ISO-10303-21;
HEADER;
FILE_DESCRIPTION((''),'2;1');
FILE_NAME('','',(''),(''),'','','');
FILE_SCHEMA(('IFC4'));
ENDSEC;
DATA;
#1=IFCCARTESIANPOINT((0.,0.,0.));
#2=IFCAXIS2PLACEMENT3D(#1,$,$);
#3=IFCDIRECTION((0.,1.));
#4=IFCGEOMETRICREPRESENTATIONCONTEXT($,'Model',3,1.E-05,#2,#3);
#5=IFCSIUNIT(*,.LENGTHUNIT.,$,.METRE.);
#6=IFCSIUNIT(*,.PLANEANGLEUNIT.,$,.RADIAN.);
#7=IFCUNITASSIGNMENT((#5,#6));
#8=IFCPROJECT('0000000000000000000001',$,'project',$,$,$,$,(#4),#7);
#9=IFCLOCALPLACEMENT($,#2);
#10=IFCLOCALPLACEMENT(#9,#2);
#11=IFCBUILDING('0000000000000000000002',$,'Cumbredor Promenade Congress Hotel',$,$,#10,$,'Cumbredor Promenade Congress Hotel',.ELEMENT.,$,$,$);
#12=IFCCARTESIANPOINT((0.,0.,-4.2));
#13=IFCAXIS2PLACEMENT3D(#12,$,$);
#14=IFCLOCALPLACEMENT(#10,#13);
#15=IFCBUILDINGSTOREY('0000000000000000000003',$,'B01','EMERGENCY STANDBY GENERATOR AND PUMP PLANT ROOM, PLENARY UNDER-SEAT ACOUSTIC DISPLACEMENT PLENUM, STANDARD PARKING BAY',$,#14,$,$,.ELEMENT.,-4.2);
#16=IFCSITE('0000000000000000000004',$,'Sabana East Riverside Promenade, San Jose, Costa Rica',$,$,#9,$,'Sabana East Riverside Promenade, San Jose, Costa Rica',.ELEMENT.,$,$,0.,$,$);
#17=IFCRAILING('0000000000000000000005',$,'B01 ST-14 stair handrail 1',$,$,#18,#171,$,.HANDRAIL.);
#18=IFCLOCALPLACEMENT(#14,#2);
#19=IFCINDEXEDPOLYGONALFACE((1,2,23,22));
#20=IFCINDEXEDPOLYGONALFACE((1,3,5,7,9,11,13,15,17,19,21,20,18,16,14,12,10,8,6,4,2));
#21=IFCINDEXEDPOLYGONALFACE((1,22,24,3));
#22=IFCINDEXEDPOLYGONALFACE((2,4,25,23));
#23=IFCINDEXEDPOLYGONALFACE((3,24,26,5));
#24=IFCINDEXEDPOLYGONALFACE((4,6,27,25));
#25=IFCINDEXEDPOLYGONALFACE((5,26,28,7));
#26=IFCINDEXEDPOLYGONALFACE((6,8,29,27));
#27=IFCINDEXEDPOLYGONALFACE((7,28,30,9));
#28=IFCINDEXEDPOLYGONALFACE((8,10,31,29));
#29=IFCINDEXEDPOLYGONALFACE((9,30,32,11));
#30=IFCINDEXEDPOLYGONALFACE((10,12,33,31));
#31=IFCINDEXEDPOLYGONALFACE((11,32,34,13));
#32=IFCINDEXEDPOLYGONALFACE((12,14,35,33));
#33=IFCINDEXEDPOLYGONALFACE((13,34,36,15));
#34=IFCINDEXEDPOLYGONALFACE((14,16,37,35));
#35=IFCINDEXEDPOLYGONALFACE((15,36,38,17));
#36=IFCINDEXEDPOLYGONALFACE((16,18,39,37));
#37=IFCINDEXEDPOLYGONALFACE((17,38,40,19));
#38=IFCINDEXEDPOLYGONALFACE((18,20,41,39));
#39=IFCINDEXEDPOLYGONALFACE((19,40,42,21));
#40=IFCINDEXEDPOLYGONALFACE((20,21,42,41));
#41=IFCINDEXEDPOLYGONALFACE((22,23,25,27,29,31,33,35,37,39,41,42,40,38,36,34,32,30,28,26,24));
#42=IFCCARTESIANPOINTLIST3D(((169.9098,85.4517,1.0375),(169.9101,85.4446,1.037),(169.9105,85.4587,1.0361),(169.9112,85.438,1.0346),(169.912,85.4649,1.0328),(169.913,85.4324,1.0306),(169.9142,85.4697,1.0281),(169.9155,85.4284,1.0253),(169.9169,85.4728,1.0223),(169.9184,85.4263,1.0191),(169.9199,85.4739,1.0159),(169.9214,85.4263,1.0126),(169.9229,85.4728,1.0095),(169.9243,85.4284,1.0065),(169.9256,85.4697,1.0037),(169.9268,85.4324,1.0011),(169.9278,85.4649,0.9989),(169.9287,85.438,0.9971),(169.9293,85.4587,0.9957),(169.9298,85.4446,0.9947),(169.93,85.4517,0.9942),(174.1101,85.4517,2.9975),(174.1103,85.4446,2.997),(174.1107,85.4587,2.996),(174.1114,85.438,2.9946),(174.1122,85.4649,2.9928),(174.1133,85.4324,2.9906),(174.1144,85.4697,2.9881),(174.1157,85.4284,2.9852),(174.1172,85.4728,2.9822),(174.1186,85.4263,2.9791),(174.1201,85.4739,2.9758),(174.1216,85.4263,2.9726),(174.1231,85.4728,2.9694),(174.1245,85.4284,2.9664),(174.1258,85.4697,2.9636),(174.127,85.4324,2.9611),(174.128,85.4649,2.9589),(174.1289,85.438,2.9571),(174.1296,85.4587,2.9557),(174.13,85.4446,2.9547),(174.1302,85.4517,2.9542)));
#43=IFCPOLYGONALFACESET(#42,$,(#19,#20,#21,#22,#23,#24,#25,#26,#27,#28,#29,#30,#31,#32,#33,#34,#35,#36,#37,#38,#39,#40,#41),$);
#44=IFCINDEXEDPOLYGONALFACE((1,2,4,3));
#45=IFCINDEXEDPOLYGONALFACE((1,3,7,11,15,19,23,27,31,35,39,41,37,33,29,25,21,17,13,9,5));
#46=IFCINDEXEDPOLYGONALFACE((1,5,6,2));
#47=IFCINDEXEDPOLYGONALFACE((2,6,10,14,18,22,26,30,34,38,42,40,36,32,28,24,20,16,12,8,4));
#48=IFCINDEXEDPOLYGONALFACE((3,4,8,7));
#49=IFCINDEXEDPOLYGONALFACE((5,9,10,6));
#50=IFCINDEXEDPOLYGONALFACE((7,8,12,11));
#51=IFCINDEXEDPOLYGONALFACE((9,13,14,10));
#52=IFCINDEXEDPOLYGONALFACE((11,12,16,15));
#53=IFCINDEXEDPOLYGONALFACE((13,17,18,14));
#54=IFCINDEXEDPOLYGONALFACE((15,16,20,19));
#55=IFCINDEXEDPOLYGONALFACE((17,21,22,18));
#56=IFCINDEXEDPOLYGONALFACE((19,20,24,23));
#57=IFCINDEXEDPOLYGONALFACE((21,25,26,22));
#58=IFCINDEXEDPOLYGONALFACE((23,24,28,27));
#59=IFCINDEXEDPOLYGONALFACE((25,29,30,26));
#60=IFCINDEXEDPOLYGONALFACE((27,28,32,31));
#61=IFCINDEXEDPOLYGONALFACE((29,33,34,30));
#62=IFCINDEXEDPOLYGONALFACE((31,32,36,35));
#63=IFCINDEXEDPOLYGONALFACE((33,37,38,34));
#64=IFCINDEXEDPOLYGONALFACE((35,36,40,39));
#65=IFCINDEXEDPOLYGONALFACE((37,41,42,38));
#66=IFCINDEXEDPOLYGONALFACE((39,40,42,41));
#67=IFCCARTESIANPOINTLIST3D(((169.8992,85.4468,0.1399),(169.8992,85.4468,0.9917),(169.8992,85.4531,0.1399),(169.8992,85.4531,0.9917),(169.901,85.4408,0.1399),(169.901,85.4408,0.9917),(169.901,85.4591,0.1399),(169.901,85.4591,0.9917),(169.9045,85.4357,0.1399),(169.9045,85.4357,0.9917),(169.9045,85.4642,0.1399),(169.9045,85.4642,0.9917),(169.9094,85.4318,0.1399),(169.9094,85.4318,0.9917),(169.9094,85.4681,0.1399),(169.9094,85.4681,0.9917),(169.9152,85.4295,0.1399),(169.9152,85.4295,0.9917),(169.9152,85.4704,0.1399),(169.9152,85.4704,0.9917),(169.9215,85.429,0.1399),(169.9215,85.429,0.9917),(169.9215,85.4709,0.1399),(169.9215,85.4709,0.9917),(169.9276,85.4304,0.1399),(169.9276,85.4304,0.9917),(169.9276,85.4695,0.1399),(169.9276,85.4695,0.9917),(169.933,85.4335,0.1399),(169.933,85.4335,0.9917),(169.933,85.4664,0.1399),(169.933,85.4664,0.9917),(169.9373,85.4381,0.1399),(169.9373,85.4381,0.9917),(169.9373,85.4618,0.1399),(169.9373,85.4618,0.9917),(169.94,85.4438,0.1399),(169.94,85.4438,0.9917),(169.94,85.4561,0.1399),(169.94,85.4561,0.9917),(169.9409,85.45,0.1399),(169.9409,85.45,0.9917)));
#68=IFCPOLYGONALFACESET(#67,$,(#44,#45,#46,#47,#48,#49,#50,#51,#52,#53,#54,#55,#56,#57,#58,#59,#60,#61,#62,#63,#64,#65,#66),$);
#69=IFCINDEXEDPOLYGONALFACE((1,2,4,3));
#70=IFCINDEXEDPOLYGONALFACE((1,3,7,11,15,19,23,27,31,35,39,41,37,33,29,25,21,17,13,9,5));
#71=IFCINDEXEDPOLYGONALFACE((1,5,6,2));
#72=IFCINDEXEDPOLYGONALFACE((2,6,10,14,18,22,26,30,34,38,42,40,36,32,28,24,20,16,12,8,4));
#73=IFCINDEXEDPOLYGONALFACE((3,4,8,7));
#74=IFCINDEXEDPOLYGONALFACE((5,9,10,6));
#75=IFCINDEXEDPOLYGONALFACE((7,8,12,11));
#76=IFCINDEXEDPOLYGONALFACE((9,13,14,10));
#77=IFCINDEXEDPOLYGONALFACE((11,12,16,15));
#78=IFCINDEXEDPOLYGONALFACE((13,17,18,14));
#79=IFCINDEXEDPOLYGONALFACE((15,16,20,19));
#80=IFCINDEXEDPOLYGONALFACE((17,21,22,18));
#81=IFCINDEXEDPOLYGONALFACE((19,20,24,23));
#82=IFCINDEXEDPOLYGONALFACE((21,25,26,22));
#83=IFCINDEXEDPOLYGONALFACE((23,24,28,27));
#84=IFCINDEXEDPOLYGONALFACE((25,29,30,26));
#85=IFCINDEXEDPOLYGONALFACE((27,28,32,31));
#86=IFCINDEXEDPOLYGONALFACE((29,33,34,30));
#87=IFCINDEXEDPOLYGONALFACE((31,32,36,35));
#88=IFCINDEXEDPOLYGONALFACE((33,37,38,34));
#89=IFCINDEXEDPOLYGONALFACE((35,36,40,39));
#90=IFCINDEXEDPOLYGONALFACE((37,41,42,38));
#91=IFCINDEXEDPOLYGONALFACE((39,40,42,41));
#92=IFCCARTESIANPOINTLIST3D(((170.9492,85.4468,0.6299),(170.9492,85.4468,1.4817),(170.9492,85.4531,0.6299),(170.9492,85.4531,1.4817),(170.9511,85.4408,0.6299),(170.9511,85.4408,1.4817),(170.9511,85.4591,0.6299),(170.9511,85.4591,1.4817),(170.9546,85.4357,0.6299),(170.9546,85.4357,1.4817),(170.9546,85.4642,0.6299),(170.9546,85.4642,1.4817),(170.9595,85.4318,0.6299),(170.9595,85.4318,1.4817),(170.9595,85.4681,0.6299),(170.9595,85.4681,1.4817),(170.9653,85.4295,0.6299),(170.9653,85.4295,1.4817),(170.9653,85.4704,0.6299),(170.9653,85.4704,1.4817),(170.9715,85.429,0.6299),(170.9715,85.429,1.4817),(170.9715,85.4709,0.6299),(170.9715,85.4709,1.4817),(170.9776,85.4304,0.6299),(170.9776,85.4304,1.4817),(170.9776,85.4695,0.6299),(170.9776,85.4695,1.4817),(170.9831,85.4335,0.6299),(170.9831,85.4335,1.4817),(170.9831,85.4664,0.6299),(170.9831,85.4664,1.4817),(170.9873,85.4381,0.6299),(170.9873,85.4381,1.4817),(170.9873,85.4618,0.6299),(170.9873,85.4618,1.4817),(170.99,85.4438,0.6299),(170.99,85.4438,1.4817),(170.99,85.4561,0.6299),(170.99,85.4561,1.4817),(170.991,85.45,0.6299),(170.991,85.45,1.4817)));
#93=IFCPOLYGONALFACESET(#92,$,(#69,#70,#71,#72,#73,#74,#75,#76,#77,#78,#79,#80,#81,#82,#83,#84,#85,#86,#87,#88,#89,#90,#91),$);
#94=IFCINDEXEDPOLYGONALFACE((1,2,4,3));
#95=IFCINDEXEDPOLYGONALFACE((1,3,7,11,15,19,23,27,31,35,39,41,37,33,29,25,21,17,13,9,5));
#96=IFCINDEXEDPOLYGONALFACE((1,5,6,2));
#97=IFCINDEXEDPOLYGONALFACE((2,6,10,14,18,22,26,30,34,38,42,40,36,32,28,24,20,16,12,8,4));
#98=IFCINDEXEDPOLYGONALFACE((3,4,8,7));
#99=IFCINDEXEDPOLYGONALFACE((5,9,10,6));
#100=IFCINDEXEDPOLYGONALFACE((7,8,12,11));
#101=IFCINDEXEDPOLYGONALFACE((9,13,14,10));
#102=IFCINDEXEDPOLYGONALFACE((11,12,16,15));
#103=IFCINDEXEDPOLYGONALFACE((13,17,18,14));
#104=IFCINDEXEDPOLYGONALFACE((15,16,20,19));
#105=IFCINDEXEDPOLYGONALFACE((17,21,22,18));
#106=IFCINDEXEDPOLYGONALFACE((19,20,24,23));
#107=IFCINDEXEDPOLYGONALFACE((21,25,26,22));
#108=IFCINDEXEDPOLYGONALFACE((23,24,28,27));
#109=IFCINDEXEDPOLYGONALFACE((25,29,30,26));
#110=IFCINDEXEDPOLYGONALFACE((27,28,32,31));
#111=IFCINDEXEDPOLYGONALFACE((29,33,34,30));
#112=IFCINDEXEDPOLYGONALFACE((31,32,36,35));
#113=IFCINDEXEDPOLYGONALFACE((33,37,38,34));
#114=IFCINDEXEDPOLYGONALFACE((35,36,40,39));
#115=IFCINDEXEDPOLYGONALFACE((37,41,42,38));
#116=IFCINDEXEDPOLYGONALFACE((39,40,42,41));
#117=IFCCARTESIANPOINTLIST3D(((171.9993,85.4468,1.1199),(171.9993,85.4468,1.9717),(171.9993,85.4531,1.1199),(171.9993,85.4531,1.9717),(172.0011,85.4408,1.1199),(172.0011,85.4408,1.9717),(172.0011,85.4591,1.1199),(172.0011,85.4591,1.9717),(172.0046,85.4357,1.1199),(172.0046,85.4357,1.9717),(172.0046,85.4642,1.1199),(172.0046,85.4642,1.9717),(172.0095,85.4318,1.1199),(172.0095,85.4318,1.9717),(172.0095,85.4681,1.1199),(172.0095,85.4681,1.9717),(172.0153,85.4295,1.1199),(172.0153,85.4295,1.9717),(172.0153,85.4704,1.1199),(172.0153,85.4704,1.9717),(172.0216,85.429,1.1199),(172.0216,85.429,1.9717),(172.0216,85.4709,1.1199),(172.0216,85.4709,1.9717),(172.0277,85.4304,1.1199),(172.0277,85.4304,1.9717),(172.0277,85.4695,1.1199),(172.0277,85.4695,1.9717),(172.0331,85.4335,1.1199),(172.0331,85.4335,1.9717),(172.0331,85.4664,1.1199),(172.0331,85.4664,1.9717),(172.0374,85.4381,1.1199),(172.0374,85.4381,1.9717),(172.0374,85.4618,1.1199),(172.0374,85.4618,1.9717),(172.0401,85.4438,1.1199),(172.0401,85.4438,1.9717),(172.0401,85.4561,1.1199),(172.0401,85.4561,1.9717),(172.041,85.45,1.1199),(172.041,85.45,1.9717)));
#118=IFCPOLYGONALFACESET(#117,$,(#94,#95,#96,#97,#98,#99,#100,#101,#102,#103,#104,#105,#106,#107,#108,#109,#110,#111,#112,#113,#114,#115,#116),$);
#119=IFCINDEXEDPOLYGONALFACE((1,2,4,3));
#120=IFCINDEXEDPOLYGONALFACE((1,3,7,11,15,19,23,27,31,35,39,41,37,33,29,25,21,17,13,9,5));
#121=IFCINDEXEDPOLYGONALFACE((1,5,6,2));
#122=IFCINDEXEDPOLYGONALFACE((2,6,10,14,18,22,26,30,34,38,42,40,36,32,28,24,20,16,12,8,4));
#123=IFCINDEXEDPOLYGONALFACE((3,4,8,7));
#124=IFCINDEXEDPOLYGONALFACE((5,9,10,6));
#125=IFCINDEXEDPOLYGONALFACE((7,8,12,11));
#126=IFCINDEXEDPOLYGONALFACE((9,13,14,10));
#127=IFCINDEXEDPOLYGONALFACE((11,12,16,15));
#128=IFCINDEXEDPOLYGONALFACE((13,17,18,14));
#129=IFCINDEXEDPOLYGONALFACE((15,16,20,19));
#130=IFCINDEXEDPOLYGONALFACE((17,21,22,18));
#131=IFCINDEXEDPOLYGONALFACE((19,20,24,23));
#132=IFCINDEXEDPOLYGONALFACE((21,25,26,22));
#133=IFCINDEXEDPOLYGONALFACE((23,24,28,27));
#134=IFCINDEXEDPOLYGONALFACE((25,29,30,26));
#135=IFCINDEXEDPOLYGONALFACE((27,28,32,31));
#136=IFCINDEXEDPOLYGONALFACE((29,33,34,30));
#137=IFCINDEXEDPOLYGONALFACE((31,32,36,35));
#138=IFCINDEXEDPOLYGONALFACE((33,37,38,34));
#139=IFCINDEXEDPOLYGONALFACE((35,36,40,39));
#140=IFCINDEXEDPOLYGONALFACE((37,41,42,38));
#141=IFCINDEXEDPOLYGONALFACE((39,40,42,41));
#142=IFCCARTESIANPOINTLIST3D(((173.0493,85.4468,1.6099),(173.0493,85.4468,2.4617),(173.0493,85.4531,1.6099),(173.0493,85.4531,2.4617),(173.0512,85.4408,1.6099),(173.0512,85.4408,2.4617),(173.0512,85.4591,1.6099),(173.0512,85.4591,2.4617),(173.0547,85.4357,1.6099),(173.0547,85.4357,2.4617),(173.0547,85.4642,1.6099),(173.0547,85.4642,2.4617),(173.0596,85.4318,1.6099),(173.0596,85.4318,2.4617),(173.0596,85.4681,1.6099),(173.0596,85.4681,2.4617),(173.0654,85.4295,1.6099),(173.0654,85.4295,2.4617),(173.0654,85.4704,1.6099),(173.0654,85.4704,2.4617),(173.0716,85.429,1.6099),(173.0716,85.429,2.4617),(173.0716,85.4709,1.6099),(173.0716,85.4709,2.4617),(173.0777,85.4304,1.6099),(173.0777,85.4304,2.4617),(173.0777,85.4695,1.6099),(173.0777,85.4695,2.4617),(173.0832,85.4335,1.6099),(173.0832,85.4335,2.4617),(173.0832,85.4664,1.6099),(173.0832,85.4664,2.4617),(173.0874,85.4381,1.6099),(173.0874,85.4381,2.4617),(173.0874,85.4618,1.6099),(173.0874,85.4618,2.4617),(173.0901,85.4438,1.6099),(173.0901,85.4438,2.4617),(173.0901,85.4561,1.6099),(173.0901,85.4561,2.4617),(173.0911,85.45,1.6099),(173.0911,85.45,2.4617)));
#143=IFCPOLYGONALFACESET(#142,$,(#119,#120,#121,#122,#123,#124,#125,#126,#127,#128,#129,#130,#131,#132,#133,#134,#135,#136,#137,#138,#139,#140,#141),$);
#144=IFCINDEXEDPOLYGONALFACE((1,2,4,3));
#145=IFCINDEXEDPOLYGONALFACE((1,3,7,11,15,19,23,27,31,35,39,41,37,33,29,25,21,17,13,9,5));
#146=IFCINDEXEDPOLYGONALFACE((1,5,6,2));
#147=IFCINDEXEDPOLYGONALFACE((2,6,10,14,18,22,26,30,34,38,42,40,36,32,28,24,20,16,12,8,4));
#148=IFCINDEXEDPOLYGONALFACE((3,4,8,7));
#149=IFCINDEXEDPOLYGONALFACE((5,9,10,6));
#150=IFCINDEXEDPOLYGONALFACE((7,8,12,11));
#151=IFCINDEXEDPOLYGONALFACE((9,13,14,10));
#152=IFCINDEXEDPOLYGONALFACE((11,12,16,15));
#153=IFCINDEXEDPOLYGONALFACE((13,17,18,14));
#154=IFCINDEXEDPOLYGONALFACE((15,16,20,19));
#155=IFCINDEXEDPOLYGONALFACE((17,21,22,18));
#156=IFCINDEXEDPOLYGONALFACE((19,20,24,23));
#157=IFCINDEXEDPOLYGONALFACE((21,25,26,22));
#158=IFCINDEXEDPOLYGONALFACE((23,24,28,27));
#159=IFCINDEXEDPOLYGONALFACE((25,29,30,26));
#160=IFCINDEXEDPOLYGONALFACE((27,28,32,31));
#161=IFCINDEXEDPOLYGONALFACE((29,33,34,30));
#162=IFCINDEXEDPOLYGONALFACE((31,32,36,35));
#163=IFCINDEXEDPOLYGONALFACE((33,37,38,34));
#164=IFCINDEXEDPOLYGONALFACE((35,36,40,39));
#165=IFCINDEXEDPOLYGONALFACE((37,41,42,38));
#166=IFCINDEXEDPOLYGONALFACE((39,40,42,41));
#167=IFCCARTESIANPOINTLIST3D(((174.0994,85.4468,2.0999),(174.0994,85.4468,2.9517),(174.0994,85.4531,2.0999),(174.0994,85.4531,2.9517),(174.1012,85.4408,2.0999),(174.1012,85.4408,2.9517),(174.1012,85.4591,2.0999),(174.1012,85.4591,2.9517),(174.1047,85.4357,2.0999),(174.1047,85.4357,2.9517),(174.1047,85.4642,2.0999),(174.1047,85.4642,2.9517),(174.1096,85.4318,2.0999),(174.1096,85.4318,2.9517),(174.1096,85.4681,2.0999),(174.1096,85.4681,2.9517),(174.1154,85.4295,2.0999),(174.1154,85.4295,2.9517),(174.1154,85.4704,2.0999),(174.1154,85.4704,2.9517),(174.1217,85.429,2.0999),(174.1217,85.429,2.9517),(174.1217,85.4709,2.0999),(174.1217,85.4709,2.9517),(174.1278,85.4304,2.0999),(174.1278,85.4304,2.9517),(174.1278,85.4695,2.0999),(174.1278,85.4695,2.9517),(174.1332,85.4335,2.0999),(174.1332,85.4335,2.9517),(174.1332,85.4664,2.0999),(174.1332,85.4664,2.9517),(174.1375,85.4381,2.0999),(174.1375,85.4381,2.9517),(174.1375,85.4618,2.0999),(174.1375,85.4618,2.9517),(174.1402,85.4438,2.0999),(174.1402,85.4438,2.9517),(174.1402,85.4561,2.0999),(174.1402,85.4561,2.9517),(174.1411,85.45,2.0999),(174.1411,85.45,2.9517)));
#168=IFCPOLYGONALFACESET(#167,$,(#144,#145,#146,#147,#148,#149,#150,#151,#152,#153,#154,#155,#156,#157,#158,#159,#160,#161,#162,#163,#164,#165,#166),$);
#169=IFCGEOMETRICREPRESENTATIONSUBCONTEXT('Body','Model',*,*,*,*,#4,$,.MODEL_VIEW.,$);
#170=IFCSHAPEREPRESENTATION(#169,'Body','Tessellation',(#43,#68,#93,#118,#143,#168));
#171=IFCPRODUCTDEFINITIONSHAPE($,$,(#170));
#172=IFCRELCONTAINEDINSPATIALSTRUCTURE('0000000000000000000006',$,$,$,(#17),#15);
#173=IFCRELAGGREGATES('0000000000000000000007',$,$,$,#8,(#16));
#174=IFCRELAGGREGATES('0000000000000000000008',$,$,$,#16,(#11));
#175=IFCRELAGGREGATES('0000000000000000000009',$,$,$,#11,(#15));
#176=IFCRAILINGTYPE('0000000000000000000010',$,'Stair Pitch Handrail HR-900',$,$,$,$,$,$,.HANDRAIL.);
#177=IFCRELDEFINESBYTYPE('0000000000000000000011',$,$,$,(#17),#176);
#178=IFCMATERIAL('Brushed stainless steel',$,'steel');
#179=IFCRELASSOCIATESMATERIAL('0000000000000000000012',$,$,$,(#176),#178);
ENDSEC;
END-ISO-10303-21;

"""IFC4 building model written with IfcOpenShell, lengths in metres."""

from ifc_helpers import new_model, si_unit, direction, frame, origin, origin_2d, place, context, subcontext, project, spatial, circle, extrude, material, type_object, element, save


model = new_model("IFC4")

# Units and contexts
model_context = context("Model", 3, precision=1e-05, world=origin(), true_north=direction((0.0, 1.0)))
body_context = subcontext(model_context, "Body", "Model", "MODEL_VIEW")
ifc_project = project(units=[si_unit("LENGTHUNIT", "METRE"), si_unit("PLANEANGLEUNIT", "RADIAN")], contexts=[model_context])

# Site, building, storey
site_placement = place(None, origin())
site = spatial("IfcSite", under=ifc_project, at=site_placement, Name="Sabana East Riverside Promenade, San Jose, Costa Rica", LongName="Sabana East Riverside Promenade, San Jose, Costa Rica", CompositionType="ELEMENT", RefElevation=0.0)
building_placement = place(site_placement, origin())
building = spatial("IfcBuilding", under=site, at=building_placement, Name="Cumbredor Promenade Congress Hotel", LongName="Cumbredor Promenade Congress Hotel", CompositionType="ELEMENT")
storey_placement = place(building_placement, frame((0.0, 0.0, -4.2)))
storey = spatial("IfcBuildingStorey", under=building, at=storey_placement, Name="B01", Description="EMERGENCY STANDBY GENERATOR AND PUMP PLANT ROOM, PLENARY UNDER-SEAT ACOUSTIC DISPLACEMENT PLENUM, STANDARD PARKING BAY", CompositionType="ELEMENT", Elevation=-4.2)

# Railing
ifc_material_1 = material(Name="Brushed stainless steel", Category="steel")
railing_type_1 = type_object("IfcRailingType", Name="Stair Pitch Handrail HR-900", PredefinedType="HANDRAIL", material=ifc_material_1)
railing_1_placement = place(storey_placement, frame((169.9199, 85.45, 0.1399)))
element("IfcRailing", 1, at=railing_1_placement, inside=storey, type_object=railing_type_1, Name="B01 ST-14 stair handrail 1", PredefinedType="HANDRAIL", context=body_context, shape_type="SweptSolid", body=[
    extrude(circle(Radius=0.0239, at=origin_2d()), frame((0.0, 0.0, 0.876), z_axis=(0.906194, 0.0, 0.422862), x_axis=(0.0, 1.0, 0.0)), (0.0, 0.0, 1.0), 4.635),
    extrude(circle(Radius=0.021, at=origin_2d()), origin(), (0.0, 0.0, 1.0), 0.8518),
    extrude(circle(Radius=0.021, at=origin_2d()), frame((1.05, 0.0, 0.49)), (0.0, 0.0, 1.0), 0.8518),
    extrude(circle(Radius=0.021, at=origin_2d()), frame((2.1001, 0.0, 0.98)), (0.0, 0.0, 1.0), 0.8518),
    extrude(circle(Radius=0.021, at=origin_2d()), frame((3.1501, 0.0, 1.47)), (0.0, 0.0, 1.0), 0.8518),
    extrude(circle(Radius=0.021, at=origin_2d()), frame((4.2002, 0.0, 1.96)), (0.0, 0.0, 1.0), 0.8518),
])

save(model, "model.ifc")
